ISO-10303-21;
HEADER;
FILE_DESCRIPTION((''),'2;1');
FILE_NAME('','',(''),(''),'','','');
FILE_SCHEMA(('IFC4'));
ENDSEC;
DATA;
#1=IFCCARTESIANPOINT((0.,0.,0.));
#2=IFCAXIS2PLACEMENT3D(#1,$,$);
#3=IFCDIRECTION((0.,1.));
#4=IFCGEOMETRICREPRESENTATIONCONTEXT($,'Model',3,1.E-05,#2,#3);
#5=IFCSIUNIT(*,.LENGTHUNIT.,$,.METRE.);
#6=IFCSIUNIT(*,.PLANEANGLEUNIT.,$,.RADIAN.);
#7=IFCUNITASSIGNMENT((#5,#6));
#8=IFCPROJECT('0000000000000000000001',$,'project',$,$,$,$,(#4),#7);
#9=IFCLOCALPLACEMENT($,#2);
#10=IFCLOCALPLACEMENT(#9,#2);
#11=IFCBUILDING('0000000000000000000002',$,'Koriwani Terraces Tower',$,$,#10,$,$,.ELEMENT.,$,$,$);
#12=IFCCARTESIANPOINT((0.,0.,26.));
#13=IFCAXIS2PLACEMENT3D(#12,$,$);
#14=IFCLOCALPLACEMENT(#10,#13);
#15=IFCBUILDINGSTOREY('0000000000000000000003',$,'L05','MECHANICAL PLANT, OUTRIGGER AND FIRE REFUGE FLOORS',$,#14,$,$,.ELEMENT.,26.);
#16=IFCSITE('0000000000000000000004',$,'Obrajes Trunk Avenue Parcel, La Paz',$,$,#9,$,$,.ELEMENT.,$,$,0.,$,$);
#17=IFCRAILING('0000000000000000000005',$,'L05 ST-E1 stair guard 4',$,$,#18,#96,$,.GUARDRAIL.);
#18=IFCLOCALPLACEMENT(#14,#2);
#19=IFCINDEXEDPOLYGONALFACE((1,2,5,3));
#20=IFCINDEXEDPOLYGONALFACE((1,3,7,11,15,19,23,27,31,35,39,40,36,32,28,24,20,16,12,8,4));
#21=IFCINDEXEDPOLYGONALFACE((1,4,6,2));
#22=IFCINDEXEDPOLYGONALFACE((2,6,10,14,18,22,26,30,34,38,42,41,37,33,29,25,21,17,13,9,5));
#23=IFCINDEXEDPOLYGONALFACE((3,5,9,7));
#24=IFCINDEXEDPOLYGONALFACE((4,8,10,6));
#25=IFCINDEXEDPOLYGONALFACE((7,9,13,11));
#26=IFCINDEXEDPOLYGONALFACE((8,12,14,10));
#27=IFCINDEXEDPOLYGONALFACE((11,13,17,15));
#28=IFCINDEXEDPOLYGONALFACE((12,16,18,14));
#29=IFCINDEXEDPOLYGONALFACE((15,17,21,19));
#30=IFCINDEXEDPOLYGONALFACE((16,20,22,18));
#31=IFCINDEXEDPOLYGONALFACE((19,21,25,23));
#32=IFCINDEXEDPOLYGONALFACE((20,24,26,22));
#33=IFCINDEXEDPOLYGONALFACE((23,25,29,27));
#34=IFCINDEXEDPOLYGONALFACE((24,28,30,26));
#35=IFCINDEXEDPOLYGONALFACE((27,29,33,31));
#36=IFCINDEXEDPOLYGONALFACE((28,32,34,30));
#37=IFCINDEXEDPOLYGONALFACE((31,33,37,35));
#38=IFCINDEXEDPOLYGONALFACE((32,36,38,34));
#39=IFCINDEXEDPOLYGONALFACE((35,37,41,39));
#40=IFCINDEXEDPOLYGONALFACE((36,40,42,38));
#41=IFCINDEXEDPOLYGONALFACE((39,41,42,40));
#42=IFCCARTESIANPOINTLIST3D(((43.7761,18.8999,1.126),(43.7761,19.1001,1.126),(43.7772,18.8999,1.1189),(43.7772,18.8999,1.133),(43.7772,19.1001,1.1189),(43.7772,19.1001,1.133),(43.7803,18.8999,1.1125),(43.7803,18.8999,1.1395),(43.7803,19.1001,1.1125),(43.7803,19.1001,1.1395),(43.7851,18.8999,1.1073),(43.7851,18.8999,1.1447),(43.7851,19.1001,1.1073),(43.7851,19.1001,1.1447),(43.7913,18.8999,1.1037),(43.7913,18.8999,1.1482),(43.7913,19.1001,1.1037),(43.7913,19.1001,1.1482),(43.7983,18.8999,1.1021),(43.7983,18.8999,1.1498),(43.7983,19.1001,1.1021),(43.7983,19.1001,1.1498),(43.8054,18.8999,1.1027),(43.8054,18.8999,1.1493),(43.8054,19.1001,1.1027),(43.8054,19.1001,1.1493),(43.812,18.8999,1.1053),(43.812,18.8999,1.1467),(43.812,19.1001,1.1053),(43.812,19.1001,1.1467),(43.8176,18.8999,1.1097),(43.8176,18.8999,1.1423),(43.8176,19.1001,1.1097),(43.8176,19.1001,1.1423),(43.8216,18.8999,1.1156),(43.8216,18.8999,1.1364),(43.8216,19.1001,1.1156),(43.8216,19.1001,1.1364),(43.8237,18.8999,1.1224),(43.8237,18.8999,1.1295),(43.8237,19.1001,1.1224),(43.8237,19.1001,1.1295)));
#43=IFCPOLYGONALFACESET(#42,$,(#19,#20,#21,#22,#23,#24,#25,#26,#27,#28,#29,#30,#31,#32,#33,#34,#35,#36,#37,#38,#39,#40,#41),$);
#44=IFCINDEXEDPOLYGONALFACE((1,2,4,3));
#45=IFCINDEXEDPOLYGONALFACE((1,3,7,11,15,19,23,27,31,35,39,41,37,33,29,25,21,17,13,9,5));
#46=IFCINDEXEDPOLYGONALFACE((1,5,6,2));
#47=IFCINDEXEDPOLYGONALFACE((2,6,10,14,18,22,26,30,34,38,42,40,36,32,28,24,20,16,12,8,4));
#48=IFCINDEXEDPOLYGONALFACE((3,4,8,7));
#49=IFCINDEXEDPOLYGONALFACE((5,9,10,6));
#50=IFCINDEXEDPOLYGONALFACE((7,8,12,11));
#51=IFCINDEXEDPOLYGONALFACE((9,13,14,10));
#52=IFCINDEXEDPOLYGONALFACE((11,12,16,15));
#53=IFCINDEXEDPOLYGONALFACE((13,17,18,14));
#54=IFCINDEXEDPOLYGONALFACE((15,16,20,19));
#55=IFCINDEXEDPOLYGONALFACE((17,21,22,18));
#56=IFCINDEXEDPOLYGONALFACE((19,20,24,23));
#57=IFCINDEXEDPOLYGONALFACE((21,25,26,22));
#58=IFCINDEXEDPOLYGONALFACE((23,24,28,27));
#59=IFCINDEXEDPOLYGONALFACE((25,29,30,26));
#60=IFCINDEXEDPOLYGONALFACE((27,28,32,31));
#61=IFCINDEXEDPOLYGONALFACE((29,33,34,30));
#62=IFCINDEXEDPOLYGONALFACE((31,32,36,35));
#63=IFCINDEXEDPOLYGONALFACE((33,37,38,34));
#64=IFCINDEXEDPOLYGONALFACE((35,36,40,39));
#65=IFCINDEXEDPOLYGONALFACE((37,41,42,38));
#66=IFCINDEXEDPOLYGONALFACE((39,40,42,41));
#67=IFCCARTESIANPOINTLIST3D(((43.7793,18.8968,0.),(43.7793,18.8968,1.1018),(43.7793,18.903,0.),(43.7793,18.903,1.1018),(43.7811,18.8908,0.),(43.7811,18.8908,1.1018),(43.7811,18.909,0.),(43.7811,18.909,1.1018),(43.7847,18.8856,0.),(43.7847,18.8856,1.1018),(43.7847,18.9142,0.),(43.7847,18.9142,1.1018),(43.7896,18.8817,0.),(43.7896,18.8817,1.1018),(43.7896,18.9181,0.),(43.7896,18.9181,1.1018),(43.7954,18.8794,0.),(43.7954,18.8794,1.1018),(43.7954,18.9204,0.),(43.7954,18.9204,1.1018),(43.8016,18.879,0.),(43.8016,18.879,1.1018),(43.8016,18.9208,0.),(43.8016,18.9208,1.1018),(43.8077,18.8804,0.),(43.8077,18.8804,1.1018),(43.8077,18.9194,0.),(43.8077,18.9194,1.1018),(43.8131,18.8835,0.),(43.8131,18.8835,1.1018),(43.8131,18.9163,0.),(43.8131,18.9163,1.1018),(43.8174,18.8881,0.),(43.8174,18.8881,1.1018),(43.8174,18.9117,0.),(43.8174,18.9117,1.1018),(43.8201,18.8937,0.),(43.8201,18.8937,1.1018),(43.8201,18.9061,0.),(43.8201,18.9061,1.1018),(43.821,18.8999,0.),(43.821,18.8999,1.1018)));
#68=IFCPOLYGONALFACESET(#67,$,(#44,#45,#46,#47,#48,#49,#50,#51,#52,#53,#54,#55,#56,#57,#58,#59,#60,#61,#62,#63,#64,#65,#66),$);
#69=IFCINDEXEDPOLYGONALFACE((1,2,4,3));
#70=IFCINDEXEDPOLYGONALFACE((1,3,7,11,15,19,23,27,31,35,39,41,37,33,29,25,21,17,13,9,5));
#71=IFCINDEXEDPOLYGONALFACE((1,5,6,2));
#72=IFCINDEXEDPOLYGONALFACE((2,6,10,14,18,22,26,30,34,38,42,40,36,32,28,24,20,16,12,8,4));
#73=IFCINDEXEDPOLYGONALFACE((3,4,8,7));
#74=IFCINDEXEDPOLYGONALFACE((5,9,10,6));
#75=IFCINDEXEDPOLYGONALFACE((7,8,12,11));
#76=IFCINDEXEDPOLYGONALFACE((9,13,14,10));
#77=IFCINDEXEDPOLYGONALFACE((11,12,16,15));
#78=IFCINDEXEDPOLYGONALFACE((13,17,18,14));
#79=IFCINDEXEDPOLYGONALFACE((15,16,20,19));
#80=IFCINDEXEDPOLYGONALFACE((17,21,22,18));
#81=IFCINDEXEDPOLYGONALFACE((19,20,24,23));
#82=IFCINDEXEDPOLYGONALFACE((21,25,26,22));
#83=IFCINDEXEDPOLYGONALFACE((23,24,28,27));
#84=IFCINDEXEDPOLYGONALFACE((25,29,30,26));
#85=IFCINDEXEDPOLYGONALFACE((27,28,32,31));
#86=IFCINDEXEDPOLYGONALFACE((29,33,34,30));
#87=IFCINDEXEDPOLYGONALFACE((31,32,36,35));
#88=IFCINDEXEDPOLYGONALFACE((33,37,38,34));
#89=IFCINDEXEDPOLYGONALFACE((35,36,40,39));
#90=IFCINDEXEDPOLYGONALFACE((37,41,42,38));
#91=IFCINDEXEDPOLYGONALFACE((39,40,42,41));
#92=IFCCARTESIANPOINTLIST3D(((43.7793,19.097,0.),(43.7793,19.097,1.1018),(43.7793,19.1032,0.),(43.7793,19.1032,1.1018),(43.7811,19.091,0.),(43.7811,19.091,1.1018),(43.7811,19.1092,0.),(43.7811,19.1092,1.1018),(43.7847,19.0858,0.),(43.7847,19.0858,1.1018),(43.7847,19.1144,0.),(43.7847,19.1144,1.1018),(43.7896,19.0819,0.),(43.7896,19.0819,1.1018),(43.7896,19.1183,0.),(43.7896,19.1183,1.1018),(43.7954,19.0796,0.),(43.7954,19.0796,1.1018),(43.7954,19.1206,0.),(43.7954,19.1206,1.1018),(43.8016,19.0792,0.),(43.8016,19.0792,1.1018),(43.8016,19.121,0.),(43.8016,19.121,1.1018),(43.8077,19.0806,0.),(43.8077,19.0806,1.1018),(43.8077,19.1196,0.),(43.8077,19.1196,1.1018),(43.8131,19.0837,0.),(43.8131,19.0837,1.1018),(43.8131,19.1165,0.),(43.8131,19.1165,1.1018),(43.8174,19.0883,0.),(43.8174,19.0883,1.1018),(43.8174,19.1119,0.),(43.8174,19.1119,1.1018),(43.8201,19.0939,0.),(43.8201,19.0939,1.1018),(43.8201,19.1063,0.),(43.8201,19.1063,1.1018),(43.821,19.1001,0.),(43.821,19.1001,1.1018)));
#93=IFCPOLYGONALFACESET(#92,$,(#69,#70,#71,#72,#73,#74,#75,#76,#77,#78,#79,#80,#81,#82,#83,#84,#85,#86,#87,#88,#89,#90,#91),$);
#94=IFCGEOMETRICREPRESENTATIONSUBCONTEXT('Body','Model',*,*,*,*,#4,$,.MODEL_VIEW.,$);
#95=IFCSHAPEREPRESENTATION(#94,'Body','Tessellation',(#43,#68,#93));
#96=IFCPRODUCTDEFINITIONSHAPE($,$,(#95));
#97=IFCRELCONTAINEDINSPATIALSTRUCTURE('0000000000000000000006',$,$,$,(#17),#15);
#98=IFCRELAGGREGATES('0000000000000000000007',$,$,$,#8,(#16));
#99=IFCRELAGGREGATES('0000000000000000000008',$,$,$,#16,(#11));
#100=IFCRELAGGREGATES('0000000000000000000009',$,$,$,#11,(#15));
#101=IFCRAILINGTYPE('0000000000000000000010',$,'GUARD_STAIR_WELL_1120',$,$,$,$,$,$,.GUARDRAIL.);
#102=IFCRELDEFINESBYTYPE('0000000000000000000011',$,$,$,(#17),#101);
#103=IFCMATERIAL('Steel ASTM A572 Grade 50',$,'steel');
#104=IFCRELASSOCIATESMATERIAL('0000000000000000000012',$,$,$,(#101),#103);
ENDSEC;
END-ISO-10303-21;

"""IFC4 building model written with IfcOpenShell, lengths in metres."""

from ifc_helpers import new_model, si_unit, direction, frame, origin, origin_2d, place, context, subcontext, project, spatial, circle, extrude, material, type_object, element, save


model = new_model("IFC4")

# Units and contexts
model_context = context("Model", 3, precision=1e-05, world=origin(), true_north=direction((0.0, 1.0)))
body_context = subcontext(model_context, "Body", "Model", "MODEL_VIEW")
ifc_project = project(units=[si_unit("LENGTHUNIT", "METRE"), si_unit("PLANEANGLEUNIT", "RADIAN")], contexts=[model_context])

# Site, building, storey
site_placement = place(None, origin())
site = spatial("IfcSite", under=ifc_project, at=site_placement, Name="Obrajes Trunk Avenue Parcel, La Paz", CompositionType="ELEMENT", RefElevation=0.0)
building_placement = place(site_placement, origin())
building = spatial("IfcBuilding", under=site, at=building_placement, Name="Koriwani Terraces Tower", CompositionType="ELEMENT")
storey_placement = place(building_placement, frame((0.0, 0.0, 26.0)))
storey = spatial("IfcBuildingStorey", under=building, at=storey_placement, Name="L05", Description="MECHANICAL PLANT, OUTRIGGER AND FIRE REFUGE FLOORS", CompositionType="ELEMENT", Elevation=26.0)

# Shared definitions
ifc_material_1 = material(Name="Steel ASTM A572 Grade 50", Category="steel")

# Railing
railing_type_1 = type_object("IfcRailingType", Name="GUARD_STAIR_WELL_1120", PredefinedType="GUARDRAIL", material=ifc_material_1)
railing_1_placement = place(storey_placement, frame((43.8, 18.8999, 0.0)))
element("IfcRailing", 1, at=railing_1_placement, inside=storey, type_object=railing_type_1, Name="L05 ST-E1 stair guard 4", PredefinedType="GUARDRAIL", context=body_context, shape_type="SweptSolid", body=[
    extrude(circle(Radius=0.0239, at=origin_2d()), frame((0.0, 0.0, 1.126), z_axis=(0.0, 1.0, 0.0), x_axis=(-1.0, 0.0, 0.0)), (0.0, 0.0, 1.0), 0.2002),
    extrude(circle(Radius=0.021, at=origin_2d()), origin(), (0.0, 0.0, 1.0), 1.1018),
    extrude(circle(Radius=0.021, at=origin_2d()), frame((0.0, 0.2002, 0.0)), (0.0, 0.0, 1.0), 1.1018),
])

save(model, "model.ifc")
